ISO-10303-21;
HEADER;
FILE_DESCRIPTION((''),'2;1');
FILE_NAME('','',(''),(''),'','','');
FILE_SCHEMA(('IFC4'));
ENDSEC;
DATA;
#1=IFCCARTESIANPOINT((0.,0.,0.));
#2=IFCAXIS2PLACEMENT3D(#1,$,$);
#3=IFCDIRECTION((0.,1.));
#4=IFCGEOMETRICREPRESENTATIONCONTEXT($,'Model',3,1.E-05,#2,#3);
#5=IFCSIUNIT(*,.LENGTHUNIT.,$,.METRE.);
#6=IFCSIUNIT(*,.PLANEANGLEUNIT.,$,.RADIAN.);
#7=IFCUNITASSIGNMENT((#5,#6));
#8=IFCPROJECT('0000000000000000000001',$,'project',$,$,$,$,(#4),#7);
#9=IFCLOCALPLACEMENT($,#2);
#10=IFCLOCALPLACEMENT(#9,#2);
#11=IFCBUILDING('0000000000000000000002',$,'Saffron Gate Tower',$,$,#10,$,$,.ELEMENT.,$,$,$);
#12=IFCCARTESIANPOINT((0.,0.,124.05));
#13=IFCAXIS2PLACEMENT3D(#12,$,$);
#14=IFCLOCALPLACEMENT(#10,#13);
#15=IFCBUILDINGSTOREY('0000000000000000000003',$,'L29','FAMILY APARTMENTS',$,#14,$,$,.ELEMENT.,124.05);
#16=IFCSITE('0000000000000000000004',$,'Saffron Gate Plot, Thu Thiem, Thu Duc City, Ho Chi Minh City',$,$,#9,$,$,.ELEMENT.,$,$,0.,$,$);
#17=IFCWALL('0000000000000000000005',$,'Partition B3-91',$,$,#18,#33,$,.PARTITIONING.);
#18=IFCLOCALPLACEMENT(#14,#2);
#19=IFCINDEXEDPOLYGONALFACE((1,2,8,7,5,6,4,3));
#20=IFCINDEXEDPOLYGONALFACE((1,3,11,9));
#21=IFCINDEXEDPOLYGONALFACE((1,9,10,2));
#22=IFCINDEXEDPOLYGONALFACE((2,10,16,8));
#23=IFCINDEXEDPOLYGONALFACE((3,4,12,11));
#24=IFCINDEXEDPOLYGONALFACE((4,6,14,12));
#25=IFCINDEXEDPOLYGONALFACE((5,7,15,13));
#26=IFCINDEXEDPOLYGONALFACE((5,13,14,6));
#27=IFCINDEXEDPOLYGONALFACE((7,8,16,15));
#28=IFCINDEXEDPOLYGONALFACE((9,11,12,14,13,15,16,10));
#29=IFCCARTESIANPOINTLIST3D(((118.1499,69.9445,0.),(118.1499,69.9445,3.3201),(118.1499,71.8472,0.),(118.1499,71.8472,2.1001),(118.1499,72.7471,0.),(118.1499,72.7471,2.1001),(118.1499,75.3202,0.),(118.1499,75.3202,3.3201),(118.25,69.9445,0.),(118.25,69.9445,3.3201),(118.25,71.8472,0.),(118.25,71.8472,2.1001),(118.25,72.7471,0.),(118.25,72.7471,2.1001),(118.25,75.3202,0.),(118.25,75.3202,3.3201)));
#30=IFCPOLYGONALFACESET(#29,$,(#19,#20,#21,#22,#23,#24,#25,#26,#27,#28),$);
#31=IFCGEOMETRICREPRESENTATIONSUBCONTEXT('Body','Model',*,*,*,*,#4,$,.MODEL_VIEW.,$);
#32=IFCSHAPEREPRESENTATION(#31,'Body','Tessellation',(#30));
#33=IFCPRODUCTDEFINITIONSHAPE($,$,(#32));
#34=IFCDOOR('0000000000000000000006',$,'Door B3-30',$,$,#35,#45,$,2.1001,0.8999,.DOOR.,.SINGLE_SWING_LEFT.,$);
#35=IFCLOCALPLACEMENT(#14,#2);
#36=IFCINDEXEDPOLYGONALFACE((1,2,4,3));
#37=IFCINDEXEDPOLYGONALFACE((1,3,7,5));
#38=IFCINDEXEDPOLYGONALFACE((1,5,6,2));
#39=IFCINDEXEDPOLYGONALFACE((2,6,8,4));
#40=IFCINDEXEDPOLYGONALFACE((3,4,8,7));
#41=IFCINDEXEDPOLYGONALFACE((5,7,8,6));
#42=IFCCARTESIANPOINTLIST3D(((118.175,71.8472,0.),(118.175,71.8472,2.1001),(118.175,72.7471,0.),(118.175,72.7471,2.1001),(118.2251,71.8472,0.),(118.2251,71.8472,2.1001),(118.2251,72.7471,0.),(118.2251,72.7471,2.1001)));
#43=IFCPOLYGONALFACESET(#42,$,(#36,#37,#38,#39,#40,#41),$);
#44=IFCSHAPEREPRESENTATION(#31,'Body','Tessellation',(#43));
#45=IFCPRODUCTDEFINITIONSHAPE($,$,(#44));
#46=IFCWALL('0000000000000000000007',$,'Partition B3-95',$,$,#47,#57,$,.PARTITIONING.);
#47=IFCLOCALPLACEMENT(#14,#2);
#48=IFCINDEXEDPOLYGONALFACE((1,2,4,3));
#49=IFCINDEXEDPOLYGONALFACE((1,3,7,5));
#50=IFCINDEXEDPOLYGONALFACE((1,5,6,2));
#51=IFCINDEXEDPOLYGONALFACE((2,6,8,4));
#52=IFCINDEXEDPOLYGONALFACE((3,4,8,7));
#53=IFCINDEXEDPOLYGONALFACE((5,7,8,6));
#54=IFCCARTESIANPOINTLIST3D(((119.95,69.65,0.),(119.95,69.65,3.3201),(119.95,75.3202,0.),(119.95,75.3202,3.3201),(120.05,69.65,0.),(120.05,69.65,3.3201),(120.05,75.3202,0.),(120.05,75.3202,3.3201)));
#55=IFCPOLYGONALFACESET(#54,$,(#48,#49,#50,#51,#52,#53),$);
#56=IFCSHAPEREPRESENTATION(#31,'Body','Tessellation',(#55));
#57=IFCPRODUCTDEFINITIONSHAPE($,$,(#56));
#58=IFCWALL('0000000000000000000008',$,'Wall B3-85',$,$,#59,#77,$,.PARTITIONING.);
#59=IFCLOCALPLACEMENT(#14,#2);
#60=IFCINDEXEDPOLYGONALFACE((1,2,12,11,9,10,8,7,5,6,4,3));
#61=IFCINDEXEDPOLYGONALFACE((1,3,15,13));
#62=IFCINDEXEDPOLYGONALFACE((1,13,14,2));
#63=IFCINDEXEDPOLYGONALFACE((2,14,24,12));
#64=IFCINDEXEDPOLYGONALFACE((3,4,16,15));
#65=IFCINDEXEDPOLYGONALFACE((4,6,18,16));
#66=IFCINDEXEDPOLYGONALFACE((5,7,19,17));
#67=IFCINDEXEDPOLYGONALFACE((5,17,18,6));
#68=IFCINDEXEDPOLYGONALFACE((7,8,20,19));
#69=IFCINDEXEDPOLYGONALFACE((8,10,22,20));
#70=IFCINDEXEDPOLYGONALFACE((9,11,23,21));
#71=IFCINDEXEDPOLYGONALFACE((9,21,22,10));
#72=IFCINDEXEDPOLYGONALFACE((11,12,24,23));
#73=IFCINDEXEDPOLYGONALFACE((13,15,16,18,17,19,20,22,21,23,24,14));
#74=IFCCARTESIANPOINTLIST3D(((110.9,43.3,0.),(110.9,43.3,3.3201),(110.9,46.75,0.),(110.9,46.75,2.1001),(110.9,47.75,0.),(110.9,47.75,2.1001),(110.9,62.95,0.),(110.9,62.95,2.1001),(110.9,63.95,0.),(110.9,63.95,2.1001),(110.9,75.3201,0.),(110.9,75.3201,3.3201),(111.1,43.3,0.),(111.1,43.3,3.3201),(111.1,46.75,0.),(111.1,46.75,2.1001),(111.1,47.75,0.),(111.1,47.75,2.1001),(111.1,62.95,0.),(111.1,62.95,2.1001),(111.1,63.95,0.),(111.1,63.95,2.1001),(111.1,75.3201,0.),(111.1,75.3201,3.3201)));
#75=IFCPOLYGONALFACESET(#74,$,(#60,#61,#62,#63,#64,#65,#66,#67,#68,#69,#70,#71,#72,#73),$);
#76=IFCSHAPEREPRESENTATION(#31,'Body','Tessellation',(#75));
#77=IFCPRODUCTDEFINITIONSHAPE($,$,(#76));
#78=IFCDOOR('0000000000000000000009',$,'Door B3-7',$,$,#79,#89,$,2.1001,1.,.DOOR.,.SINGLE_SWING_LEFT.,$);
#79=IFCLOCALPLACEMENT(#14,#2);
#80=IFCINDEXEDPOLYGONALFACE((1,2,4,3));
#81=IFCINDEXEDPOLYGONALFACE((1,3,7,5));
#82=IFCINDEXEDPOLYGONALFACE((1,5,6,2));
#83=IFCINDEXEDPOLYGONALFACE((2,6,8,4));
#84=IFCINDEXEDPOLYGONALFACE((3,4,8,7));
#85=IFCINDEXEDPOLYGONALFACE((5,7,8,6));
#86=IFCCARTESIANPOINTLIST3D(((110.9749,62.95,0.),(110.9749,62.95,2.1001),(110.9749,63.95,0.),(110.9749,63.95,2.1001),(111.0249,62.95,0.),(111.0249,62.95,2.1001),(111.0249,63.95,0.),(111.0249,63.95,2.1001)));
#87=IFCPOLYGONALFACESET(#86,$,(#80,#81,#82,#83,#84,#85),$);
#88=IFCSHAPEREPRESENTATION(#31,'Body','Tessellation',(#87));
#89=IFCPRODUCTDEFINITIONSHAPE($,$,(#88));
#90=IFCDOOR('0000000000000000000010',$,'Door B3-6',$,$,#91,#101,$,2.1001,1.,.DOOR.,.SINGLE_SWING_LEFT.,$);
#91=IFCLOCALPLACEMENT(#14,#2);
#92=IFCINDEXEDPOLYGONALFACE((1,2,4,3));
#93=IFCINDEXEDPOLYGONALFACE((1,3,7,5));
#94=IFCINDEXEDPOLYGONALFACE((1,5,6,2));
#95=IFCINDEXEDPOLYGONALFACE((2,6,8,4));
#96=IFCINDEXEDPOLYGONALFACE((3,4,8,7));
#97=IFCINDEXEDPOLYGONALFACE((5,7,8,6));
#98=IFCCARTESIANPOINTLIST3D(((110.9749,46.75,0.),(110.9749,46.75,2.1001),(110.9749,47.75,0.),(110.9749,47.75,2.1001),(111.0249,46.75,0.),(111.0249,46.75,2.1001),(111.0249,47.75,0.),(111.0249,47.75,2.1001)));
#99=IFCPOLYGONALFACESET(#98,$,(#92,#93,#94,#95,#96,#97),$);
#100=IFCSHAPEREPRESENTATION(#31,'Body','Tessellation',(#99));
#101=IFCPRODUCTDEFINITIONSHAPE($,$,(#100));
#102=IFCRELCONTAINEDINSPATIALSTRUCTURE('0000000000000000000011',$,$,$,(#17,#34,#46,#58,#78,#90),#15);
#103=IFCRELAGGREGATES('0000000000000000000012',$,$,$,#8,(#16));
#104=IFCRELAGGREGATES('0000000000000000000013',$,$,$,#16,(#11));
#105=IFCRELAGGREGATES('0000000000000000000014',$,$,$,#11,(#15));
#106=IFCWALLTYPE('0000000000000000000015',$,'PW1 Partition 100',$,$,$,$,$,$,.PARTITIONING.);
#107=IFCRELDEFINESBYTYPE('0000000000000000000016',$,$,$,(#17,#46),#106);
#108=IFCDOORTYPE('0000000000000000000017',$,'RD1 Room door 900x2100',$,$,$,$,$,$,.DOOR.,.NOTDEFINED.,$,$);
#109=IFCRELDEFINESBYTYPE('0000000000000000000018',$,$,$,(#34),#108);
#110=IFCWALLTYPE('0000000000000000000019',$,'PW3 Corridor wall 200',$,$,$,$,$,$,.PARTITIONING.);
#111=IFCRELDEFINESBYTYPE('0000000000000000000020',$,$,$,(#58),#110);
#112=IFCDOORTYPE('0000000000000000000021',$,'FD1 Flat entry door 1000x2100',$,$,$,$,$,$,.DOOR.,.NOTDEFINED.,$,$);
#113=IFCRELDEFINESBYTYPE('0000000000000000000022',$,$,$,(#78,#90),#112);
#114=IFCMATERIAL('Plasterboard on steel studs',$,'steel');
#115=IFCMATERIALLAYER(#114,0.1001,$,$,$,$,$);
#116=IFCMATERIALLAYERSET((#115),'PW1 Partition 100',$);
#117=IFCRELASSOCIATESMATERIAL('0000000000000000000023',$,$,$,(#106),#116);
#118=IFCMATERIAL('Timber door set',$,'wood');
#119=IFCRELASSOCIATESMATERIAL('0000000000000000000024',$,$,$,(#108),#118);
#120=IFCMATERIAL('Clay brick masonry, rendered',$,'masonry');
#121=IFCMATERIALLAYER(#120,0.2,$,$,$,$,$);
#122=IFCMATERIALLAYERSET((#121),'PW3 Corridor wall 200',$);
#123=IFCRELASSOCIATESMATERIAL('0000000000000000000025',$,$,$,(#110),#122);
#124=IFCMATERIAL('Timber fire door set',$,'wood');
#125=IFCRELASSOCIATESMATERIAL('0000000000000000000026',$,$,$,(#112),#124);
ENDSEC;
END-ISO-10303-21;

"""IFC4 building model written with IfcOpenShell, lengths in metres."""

from ifc_helpers import new_model, si_unit, direction, frame, frame_2d, origin, place, context, subcontext, project, spatial, rectangle, extrude, material, layer, layer_set, type_object, element, fill, save


model = new_model("IFC4")

# Units and contexts
model_context = context("Model", 3, precision=1e-05, world=origin(), true_north=direction((0.0, 1.0)))
body_context = subcontext(model_context, "Body", "Model", "MODEL_VIEW")
ifc_project = project(units=[si_unit("LENGTHUNIT", "METRE"), si_unit("PLANEANGLEUNIT", "RADIAN")], contexts=[model_context])

# Site, building, storey
site_placement = place(None, origin())
site = spatial("IfcSite", under=ifc_project, at=site_placement, Name="Saffron Gate Plot, Thu Thiem, Thu Duc City, Ho Chi Minh City", CompositionType="ELEMENT", RefElevation=0.0)
building_placement = place(site_placement, origin())
building = spatial("IfcBuilding", under=site, at=building_placement, Name="Saffron Gate Tower", CompositionType="ELEMENT")
storey_placement = place(building_placement, frame((0.0, 0.0, 124.05)))
storey = spatial("IfcBuildingStorey", under=building, at=storey_placement, Name="L29", Description="FAMILY APARTMENTS", CompositionType="ELEMENT", Elevation=124.05)

# Shared definitions
ifc_material_1 = material(Name="Plasterboard on steel studs", Category="steel")
ifc_layer_1 = layer(ifc_material_1, 0.1001)
ifc_layer_set_1 = layer_set([ifc_layer_1], Name="PW1 Partition 100")
wall_type_1 = type_object("IfcWallType", Name="PW1 Partition 100", PredefinedType="PARTITIONING", material=ifc_layer_set_1)
ifc_material_2 = material(Name="Timber door set", Category="wood")
door_type_1 = type_object("IfcDoorType", Name="RD1 Room door 900x2100", OperationType="NOTDEFINED", PredefinedType="DOOR", material=ifc_material_2)

# Wall, opening, door
wall_1_placement = place(storey_placement, frame((118.2, 69.9443, 0.0), z_axis=(0.0, 0.0, 1.0), x_axis=(0.0, 1.0, 0.0)))
wall_1 = element("IfcWall", 1, at=wall_1_placement, inside=storey, type_object=wall_type_1, Name="Partition B3-91", PredefinedType="PARTITIONING", context=body_context, shape_type="SweptSolid", body=[
    extrude(rectangle(XDim=5.3757, YDim=0.1001, at=frame_2d((2.688, 0.0))), origin(), (0.0, 0.0, 1.0), 3.3201),
])
opening_1_placement = place(wall_1_placement, frame((1.9028, 0.0, 0.0)))
opening_1 = element("IfcOpeningElement", 2, at=opening_1_placement, cuts=wall_1, PredefinedType="OPENING", context=body_context, shape_type="SweptSolid", body=[
    extrude(rectangle(XDim=0.8999, YDim=2.1001, at=frame_2d((0.45, 1.05))), frame((0.0, 0.0601, 0.0), z_axis=(0.0, -1.0, 0.0), x_axis=(1.0, 0.0, 0.0)), (0.0, 0.0, 1.0), 0.1201),
])
door_1_placement = place(opening_1_placement, origin())
door_1 = element("IfcDoor", 3, at=door_1_placement, inside=storey, type_object=door_type_1, Name="Door B3-30", OperationType="SINGLE_SWING_LEFT", OverallHeight=2.1001, OverallWidth=0.8999, PredefinedType="DOOR", context=body_context, shape_type="SweptSolid", body=[
    extrude(rectangle(XDim=0.8999, YDim=2.1001, at=frame_2d((0.45, 1.05))), frame((0.0, 0.0249, 0.0), z_axis=(0.0, -1.0, 0.0), x_axis=(1.0, 0.0, 0.0)), (0.0, 0.0, 1.0), 0.05),
])
fill(opening_1, door_1)

# Wall
wall_2_placement = place(storey_placement, frame((120.0, 75.3201, 0.0), z_axis=(0.0, 0.0, 1.0), x_axis=(0.0, -1.0, 0.0)))
element("IfcWall", 4, at=wall_2_placement, inside=storey, type_object=wall_type_1, Name="Partition B3-95", PredefinedType="PARTITIONING", context=body_context, shape_type="SweptSolid", body=[
    extrude(rectangle(XDim=5.6702, YDim=0.1001, at=frame_2d((2.835, 0.0))), origin(), (0.0, 0.0, 1.0), 3.3201),
])

# Wall, openings, doors
ifc_material_3 = material(Name="Clay brick masonry, rendered", Category="masonry")
ifc_layer_2 = layer(ifc_material_3, 0.2)
ifc_layer_set_2 = layer_set([ifc_layer_2], Name="PW3 Corridor wall 200")
wall_type_2 = type_object("IfcWallType", Name="PW3 Corridor wall 200", PredefinedType="PARTITIONING", material=ifc_layer_set_2)
wall_3_placement = place(storey_placement, frame((111.0, 75.3201, 0.0), z_axis=(0.0, 0.0, 1.0), x_axis=(0.0, -1.0, 0.0)))
wall_3 = element("IfcWall", 5, at=wall_3_placement, inside=storey, type_object=wall_type_2, Name="Wall B3-85", PredefinedType="PARTITIONING", context=body_context, shape_type="SweptSolid", body=[
    extrude(rectangle(XDim=32.02, YDim=0.2, at=frame_2d((16.01, 0.0))), origin(), (0.0, 0.0, 1.0), 3.3201),
])
opening_2_placement = place(wall_3_placement, frame((11.3701, 0.0, 0.0)))
opening_2 = element("IfcOpeningElement", 6, at=opening_2_placement, cuts=wall_3, PredefinedType="OPENING", context=body_context, shape_type="SweptSolid", body=[
    extrude(rectangle(XDim=1.0, YDim=2.1001, at=frame_2d((0.5, 1.05))), frame((0.0, 0.1099, 0.0), z_axis=(0.0, -1.0, 0.0), x_axis=(1.0, 0.0, 0.0)), (0.0, 0.0, 1.0), 0.22),
])
opening_3_placement = place(wall_3_placement, frame((27.5701, 0.0, 0.0)))
opening_3 = element("IfcOpeningElement", 7, at=opening_3_placement, cuts=wall_3, PredefinedType="OPENING", context=body_context, shape_type="SweptSolid", body=[
    extrude(rectangle(XDim=1.0, YDim=2.1001, at=frame_2d((0.5, 1.05))), frame((0.0, 0.1099, 0.0), z_axis=(0.0, -1.0, 0.0), x_axis=(1.0, 0.0, 0.0)), (0.0, 0.0, 1.0), 0.22),
])
ifc_material_4 = material(Name="Timber fire door set", Category="wood")
door_type_2 = type_object("IfcDoorType", Name="FD1 Flat entry door 1000x2100", OperationType="NOTDEFINED", PredefinedType="DOOR", material=ifc_material_4)
door_2_placement = place(opening_2_placement, origin())
door_2 = element("IfcDoor", 8, at=door_2_placement, inside=storey, type_object=door_type_2, Name="Door B3-7", OperationType="SINGLE_SWING_LEFT", OverallHeight=2.1001, OverallWidth=1.0, PredefinedType="DOOR", context=body_context, shape_type="SweptSolid", body=[
    extrude(rectangle(XDim=1.0, YDim=2.1001, at=frame_2d((0.5, 1.05))), frame((0.0, 0.0249, 0.0), z_axis=(0.0, -1.0, 0.0), x_axis=(1.0, 0.0, 0.0)), (0.0, 0.0, 1.0), 0.05),
])
fill(opening_2, door_2)
door_3_placement = place(opening_3_placement, origin())
door_3 = element("IfcDoor", 9, at=door_3_placement, inside=storey, type_object=door_type_2, Name="Door B3-6", OperationType="SINGLE_SWING_LEFT", OverallHeight=2.1001, OverallWidth=1.0, PredefinedType="DOOR", context=body_context, shape_type="SweptSolid", body=[
    extrude(rectangle(XDim=1.0, YDim=2.1001, at=frame_2d((0.5, 1.05))), frame((0.0, 0.0249, 0.0), z_axis=(0.0, -1.0, 0.0), x_axis=(1.0, 0.0, 0.0)), (0.0, 0.0, 1.0), 0.05),
])
fill(opening_3, door_3)

save(model, "model.ifc")
